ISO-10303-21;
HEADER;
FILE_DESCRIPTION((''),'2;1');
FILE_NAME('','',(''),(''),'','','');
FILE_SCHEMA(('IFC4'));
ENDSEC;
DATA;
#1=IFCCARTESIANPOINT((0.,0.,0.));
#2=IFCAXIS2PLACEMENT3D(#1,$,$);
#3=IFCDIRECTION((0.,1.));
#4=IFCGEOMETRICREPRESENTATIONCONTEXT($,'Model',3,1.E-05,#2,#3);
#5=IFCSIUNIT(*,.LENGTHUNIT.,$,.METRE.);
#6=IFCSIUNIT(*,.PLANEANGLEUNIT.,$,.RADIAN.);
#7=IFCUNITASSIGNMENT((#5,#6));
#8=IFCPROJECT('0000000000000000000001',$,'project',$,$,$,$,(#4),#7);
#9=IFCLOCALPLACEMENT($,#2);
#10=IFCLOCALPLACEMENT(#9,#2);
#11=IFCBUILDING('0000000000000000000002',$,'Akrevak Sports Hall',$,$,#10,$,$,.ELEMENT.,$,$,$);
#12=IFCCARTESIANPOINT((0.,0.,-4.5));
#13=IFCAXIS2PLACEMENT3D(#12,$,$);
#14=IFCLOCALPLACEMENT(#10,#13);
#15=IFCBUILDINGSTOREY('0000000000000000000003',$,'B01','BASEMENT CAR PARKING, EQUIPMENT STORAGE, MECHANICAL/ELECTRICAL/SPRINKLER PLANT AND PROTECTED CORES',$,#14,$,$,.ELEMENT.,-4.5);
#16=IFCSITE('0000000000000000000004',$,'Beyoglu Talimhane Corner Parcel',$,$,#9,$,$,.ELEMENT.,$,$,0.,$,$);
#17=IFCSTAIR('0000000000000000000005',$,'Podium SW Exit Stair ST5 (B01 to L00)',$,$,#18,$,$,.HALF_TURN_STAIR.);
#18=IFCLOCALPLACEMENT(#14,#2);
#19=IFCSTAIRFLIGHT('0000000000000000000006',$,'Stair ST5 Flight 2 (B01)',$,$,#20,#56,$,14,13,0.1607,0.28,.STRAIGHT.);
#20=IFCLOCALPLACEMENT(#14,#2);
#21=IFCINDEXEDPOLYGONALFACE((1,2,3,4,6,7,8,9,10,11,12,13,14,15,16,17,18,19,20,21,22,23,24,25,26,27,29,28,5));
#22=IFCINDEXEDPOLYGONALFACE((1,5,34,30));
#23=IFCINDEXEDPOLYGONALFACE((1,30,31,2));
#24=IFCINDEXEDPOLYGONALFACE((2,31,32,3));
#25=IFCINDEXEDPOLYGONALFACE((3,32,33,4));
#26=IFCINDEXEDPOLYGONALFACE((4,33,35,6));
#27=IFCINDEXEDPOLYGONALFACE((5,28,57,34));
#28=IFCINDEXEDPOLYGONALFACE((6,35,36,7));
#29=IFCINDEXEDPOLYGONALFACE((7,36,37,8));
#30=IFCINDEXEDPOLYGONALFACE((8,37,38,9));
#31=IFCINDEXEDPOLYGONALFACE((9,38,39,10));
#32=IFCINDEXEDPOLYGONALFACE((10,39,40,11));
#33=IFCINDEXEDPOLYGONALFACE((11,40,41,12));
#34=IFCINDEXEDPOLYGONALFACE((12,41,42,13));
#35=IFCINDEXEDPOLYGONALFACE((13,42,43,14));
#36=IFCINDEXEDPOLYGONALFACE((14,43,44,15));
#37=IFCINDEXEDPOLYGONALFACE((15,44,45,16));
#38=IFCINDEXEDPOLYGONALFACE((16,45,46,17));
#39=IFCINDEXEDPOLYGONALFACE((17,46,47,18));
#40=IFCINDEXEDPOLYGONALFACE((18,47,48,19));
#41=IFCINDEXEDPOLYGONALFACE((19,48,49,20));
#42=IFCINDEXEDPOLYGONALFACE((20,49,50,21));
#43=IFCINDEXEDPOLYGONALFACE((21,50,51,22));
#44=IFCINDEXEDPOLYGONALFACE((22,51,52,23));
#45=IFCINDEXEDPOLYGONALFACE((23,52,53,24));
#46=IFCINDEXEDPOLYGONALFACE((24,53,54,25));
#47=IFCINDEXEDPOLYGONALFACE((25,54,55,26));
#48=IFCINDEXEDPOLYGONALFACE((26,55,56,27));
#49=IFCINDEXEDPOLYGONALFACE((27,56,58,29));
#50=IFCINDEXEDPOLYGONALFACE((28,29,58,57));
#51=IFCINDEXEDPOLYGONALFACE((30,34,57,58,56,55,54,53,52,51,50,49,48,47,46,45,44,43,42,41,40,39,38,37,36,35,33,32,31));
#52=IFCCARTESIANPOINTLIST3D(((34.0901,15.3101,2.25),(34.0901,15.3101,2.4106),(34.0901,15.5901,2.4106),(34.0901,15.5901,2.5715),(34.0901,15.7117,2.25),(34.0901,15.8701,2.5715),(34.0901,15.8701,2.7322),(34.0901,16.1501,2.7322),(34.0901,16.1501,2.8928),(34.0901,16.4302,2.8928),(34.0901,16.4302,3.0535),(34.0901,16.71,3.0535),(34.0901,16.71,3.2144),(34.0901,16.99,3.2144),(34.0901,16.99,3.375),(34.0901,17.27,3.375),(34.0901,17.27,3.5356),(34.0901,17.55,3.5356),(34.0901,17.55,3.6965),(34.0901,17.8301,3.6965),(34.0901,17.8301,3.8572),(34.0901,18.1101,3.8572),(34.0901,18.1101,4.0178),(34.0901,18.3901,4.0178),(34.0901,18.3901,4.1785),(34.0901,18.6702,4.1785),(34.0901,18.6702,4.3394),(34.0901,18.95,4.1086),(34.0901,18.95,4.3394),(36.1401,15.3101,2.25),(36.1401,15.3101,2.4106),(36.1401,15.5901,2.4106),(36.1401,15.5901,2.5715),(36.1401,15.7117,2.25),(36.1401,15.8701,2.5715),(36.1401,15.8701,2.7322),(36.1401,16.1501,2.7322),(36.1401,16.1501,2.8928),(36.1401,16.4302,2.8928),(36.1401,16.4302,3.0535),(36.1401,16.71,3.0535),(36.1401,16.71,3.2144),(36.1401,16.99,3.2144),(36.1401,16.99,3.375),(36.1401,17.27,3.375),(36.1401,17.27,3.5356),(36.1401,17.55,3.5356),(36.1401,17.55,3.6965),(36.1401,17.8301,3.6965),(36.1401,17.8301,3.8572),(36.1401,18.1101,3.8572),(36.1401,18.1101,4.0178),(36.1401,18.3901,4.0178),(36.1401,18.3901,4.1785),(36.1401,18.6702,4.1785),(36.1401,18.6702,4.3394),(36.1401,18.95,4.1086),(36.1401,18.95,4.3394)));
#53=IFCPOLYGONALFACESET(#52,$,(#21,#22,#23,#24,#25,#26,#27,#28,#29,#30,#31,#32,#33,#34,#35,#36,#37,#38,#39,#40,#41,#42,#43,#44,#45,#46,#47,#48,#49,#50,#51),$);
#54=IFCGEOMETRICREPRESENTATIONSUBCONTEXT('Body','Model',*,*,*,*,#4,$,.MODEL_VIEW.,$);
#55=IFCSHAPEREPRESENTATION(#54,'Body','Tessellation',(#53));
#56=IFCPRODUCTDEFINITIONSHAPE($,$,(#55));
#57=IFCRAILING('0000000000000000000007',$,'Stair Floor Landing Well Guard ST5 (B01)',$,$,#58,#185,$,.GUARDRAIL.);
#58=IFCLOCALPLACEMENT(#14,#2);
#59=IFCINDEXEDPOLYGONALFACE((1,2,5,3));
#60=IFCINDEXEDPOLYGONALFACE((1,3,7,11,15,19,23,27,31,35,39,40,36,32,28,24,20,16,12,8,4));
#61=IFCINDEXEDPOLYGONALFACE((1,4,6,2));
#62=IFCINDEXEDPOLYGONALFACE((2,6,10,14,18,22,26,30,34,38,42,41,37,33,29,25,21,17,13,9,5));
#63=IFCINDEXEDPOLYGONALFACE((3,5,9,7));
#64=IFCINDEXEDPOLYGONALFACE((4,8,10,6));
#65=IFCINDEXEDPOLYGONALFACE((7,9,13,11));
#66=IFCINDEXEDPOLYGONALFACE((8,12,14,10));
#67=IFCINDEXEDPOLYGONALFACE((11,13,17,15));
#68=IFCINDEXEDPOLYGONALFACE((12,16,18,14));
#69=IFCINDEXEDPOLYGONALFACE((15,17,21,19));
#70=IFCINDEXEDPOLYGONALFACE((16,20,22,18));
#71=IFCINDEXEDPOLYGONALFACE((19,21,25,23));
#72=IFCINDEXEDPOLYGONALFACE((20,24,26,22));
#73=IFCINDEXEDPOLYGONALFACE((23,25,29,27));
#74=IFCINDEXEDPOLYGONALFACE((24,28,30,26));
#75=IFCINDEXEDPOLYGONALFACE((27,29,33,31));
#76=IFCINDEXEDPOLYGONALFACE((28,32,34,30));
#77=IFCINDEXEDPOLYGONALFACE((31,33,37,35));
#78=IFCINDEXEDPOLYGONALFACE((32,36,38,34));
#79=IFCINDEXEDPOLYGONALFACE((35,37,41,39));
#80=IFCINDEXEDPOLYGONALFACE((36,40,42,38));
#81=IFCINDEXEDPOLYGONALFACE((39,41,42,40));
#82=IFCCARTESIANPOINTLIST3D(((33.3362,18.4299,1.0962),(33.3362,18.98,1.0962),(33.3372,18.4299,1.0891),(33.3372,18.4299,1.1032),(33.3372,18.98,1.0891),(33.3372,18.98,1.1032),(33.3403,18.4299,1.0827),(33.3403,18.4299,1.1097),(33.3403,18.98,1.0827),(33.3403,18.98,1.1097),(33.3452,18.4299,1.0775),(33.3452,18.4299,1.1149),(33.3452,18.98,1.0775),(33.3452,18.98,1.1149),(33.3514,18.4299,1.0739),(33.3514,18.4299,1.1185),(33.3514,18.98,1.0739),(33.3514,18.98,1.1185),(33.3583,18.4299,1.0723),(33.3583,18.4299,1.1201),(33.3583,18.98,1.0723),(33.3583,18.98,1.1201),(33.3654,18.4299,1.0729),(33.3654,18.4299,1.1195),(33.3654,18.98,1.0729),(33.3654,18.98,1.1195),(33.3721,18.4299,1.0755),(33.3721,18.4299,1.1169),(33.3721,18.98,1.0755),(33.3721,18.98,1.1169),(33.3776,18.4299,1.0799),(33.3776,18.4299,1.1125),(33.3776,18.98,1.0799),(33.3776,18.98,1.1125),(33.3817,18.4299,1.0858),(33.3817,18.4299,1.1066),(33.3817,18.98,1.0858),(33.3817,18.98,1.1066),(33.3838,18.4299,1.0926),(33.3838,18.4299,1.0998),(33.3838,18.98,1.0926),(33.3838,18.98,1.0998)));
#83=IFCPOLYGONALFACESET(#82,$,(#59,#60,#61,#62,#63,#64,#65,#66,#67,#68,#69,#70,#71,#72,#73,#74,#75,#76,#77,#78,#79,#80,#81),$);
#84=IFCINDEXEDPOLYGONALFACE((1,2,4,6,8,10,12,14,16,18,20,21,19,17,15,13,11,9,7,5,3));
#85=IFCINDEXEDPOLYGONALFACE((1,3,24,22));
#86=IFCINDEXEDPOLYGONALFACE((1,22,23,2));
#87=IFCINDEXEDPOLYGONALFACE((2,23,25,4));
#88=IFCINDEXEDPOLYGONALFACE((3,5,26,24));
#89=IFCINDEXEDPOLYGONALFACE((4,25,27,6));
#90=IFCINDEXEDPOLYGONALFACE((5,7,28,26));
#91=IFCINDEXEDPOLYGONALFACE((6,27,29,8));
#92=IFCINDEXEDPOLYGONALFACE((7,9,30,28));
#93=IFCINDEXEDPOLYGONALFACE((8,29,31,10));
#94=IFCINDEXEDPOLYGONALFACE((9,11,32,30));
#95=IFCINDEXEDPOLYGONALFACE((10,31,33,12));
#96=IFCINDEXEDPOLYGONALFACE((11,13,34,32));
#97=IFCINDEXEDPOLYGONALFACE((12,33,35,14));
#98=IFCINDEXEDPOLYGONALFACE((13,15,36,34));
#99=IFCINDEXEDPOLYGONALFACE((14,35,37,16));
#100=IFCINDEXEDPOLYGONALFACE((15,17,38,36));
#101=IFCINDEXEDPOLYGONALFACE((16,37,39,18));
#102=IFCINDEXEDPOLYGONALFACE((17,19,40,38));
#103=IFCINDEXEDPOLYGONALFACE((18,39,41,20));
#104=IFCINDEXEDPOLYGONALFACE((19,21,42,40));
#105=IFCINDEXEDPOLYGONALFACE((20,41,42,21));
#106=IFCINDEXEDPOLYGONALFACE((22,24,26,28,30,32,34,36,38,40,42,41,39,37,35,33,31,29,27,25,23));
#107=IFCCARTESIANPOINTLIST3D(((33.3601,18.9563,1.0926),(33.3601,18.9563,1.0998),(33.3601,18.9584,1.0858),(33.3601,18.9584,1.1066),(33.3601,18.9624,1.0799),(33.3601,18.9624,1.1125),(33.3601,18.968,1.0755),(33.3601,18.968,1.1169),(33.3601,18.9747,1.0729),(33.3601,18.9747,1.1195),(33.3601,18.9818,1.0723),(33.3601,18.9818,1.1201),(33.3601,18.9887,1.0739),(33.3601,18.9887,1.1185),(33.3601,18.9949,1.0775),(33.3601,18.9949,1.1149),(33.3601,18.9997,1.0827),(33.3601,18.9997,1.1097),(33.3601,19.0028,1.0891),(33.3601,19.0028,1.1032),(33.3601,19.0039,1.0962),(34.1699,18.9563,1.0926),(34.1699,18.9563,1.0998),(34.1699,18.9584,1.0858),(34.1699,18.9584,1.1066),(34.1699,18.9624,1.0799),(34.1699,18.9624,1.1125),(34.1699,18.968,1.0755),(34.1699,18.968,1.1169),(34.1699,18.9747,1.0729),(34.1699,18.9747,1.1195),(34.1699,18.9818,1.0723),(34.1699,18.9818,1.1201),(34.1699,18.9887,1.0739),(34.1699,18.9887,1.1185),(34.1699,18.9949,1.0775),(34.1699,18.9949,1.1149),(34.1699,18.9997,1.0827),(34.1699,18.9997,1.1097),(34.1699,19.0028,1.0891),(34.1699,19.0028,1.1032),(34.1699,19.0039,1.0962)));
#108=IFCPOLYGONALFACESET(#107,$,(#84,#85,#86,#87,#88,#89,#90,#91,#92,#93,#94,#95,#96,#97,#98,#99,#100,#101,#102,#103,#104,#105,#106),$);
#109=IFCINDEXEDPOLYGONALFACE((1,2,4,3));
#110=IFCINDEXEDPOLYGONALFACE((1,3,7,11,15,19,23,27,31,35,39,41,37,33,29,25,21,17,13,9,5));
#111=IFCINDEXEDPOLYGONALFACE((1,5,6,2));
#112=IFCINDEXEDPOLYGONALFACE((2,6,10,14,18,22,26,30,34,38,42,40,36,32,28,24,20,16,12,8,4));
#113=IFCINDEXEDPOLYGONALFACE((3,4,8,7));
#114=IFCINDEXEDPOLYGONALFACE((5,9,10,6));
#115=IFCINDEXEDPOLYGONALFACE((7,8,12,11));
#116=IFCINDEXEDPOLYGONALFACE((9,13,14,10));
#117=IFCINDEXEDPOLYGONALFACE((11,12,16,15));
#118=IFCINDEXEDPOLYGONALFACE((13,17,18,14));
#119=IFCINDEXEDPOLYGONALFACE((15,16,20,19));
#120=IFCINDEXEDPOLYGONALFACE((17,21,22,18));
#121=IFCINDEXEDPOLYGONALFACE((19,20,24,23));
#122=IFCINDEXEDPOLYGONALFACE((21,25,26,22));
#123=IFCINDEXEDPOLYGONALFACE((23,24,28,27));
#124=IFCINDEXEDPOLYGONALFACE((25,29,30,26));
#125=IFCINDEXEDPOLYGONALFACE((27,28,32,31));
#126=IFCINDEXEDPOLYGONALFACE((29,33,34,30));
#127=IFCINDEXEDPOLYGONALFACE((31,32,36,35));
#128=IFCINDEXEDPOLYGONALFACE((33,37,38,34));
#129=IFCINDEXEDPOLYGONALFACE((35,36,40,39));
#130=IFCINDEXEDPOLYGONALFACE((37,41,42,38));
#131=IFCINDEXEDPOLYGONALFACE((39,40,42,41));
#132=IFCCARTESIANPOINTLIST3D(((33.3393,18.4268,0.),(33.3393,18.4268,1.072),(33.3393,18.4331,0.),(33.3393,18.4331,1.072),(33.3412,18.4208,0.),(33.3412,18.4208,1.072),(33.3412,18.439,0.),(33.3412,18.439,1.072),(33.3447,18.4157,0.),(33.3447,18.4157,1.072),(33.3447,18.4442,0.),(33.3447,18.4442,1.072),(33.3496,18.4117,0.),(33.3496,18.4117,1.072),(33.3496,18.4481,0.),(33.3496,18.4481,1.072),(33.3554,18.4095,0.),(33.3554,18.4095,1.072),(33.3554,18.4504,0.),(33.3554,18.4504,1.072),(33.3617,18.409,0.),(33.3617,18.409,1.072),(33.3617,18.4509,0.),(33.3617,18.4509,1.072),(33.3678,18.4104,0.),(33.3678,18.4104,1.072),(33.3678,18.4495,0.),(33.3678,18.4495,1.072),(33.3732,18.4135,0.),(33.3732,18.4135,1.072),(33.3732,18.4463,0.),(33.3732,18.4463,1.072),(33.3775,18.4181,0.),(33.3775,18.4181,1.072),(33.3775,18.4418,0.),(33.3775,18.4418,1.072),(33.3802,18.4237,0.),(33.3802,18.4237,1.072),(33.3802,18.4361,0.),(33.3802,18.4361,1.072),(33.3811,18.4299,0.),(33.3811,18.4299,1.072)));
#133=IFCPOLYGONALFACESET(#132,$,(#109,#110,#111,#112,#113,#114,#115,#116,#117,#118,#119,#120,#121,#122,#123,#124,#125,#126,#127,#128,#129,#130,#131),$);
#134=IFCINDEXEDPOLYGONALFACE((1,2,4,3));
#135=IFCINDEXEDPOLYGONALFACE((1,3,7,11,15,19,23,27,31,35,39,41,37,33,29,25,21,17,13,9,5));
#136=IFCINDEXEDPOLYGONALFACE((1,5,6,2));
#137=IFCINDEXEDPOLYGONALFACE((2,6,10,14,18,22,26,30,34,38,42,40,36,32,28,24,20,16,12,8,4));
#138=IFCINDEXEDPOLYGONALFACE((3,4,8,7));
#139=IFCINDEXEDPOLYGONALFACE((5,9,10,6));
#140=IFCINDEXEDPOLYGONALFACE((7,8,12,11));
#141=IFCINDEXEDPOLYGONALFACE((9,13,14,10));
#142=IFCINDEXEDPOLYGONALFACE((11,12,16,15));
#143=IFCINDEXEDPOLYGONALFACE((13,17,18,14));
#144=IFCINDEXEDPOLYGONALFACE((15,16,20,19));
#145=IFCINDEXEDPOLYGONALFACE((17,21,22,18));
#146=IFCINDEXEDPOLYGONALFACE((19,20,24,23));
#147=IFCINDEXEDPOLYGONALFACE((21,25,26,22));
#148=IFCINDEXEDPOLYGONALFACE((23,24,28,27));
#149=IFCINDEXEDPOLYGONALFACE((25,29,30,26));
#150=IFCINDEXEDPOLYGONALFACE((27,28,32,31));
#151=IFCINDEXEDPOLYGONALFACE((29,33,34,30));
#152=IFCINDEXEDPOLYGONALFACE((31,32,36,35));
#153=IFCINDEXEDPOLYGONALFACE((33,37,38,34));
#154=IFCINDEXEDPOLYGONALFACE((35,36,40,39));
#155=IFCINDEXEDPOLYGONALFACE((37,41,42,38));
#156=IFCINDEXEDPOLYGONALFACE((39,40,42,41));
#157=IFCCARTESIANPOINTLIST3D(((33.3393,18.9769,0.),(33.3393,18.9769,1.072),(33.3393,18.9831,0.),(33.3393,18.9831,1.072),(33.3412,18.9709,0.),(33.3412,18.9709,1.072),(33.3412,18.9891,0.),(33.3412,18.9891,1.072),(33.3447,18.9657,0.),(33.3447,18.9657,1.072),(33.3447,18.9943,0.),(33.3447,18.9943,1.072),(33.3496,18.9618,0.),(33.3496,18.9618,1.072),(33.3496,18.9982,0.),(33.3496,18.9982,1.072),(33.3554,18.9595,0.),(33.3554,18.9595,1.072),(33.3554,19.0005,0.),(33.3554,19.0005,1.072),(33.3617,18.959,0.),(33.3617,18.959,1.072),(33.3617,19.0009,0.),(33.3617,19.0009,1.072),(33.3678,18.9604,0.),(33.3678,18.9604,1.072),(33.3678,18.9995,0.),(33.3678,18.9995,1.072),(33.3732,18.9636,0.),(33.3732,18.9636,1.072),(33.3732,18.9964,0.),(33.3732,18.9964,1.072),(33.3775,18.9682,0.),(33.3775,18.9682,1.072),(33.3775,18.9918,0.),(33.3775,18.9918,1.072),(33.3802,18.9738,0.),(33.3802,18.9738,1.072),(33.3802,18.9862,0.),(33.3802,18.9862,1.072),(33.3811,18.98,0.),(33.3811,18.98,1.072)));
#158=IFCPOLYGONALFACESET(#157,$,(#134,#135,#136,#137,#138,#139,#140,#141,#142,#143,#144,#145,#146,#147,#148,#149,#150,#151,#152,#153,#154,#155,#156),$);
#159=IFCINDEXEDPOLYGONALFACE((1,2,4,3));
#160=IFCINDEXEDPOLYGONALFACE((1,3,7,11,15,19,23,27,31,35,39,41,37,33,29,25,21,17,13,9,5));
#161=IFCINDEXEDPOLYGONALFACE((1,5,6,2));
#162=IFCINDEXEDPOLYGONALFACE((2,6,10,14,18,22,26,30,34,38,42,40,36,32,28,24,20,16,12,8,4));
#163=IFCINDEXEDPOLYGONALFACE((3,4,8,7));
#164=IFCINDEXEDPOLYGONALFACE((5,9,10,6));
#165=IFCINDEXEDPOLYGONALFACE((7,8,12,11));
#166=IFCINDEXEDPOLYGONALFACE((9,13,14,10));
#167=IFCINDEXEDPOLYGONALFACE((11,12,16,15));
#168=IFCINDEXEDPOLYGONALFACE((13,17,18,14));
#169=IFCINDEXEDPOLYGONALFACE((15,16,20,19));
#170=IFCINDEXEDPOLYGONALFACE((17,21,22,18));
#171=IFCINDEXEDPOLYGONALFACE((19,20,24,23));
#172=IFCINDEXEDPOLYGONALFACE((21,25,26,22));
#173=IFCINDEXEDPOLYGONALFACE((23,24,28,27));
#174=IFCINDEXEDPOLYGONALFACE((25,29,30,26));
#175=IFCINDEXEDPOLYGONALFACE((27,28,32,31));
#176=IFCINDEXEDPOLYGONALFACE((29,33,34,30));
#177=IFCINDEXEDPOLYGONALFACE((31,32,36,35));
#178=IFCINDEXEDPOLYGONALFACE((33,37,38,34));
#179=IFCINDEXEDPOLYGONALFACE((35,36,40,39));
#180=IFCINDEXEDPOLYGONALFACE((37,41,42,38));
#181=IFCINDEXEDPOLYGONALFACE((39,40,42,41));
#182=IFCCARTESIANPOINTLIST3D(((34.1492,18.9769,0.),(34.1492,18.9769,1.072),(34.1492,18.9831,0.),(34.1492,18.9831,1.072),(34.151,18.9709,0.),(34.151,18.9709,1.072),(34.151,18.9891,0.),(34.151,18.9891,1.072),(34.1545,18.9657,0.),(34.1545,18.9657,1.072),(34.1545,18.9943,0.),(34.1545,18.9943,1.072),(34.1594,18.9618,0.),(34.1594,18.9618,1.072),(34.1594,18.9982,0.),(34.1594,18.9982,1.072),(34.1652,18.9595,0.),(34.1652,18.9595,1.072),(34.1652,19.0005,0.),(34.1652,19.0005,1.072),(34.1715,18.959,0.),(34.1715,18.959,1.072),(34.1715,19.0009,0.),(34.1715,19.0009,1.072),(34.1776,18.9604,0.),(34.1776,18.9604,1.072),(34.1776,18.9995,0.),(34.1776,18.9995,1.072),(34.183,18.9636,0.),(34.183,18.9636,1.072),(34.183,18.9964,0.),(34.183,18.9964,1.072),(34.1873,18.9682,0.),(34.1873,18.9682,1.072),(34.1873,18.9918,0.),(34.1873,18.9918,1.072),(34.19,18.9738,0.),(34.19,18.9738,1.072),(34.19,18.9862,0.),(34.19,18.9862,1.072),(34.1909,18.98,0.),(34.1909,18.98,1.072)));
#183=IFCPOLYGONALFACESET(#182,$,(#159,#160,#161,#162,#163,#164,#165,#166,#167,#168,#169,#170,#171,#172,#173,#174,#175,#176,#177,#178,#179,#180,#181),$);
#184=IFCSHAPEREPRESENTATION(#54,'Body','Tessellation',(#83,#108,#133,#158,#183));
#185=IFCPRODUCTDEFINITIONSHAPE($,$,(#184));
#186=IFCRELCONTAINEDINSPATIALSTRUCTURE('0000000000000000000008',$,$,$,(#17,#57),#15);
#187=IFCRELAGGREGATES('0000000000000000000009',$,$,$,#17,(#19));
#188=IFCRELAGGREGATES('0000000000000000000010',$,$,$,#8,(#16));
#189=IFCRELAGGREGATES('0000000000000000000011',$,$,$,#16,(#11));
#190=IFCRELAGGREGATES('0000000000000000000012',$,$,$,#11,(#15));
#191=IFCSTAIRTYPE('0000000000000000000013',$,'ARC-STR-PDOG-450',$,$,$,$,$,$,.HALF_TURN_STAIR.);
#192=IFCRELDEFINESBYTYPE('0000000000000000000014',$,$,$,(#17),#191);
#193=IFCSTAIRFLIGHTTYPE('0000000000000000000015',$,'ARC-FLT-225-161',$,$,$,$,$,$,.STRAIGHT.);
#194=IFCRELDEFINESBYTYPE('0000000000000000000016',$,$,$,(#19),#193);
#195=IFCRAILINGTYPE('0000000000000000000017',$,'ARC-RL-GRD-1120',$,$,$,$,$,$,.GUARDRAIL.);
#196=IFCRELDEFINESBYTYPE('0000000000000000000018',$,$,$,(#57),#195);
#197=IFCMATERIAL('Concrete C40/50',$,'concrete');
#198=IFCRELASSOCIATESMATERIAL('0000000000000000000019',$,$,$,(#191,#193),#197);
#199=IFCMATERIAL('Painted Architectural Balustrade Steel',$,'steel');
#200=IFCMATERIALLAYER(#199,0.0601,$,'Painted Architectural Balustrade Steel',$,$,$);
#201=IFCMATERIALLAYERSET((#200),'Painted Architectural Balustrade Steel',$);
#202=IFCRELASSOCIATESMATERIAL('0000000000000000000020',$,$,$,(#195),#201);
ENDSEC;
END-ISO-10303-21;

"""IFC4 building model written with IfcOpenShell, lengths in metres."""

from ifc_helpers import new_model, si_unit, direction, frame, origin, origin_2d, place, context, subcontext, project, spatial, polyline, circle, outline, extrude, material, layer, layer_set, type_object, element, aggregate, save


model = new_model("IFC4")

# Units and contexts
model_context = context("Model", 3, precision=1e-05, world=origin(), true_north=direction((0.0, 1.0)))
body_context = subcontext(model_context, "Body", "Model", "MODEL_VIEW")
ifc_project = project(units=[si_unit("LENGTHUNIT", "METRE"), si_unit("PLANEANGLEUNIT", "RADIAN")], contexts=[model_context])

# Site, building, storey
site_placement = place(None, origin())
site = spatial("IfcSite", under=ifc_project, at=site_placement, Name="Beyoglu Talimhane Corner Parcel", CompositionType="ELEMENT", RefElevation=0.0)
building_placement = place(site_placement, origin())
building = spatial("IfcBuilding", under=site, at=building_placement, Name="Akrevak Sports Hall", CompositionType="ELEMENT")
storey_placement = place(building_placement, frame((0.0, 0.0, -4.5)))
storey = spatial("IfcBuildingStorey", under=building, at=storey_placement, Name="B01", Description="BASEMENT CAR PARKING, EQUIPMENT STORAGE, MECHANICAL/ELECTRICAL/SPRINKLER PLANT AND PROTECTED CORES", CompositionType="ELEMENT", Elevation=-4.5)

# Shared definitions
ifc_material_1 = material(Name="Concrete C40/50", Category="concrete")

# Stair, stair flight
stair_type = type_object("IfcStairType", Name="ARC-STR-PDOG-450", PredefinedType="HALF_TURN_STAIR", material=ifc_material_1)
stair_placement = place(storey_placement, origin())
stair = element("IfcStair", 1, at=stair_placement, inside=storey, type_object=stair_type, Name="Podium SW Exit Stair ST5 (B01 to L00)", PredefinedType="HALF_TURN_STAIR")
stair_flight_type = type_object("IfcStairFlightType", Name="ARC-FLT-225-161", PredefinedType="STRAIGHT", material=ifc_material_1)
stair_flight_1_placement = place(storey_placement, frame((35.115, 15.3101, 2.25), z_axis=(0.0, 0.0, 1.0), x_axis=(0.0, 1.0, 0.0)))
stair_flight_1 = element("IfcStairFlight", 2, at=stair_flight_1_placement, type_object=stair_flight_type, Name="Stair ST5 Flight 2 (B01)", NumberOfRisers=14, NumberOfTreads=13, PredefinedType="STRAIGHT", RiserHeight=0.1607, TreadLength=0.28, context=body_context, shape_type="SweptSolid", body=[
    extrude(outline(polyline([(0.0, 0.0), (0.0, 0.1606), (0.28, 0.1606), (0.28, 0.3215), (0.5601, 0.3215), (0.5601, 0.4822), (0.8401, 0.4822), (0.8401, 0.6428), (1.1201, 0.6428), (1.1201, 0.8035), (1.3999, 0.8035), (1.3999, 0.9644), (1.6799, 0.9644), (1.6799, 1.125), (1.96, 1.125), (1.96, 1.2856), (2.24, 1.2856), (2.24, 1.4465), (2.52, 1.4465), (2.52, 1.6072), (2.8, 1.6072), (2.8, 1.7678), (3.0801, 1.7678), (3.0801, 1.9285), (3.3601, 1.9285), (3.3601, 2.0894), (3.6399, 2.0894), (3.6399, 2.25), (3.6399, 1.8586), (0.4016, 0.0), (0.0, 0.0)])), frame((0.0, 1.0249, 0.0), z_axis=(0.0, -1.0, 0.0), x_axis=(1.0, 0.0, 0.0)), (0.0, 0.0, 1.0), 2.05),
])
aggregate(stair, [stair_flight_1])

# Railing
ifc_material_2 = material(Name="Painted Architectural Balustrade Steel", Category="steel")
ifc_layer_1 = layer(ifc_material_2, 0.0601, Name="Painted Architectural Balustrade Steel")
ifc_layer_set_1 = layer_set([ifc_layer_1], Name="Painted Architectural Balustrade Steel")
railing_type_1 = type_object("IfcRailingType", Name="ARC-RL-GRD-1120", PredefinedType="GUARDRAIL", material=ifc_layer_set_1)
railing_1_placement = place(storey_placement, frame((33.3601, 18.4299, 0.0)))
element("IfcRailing", 3, at=railing_1_placement, inside=storey, type_object=railing_type_1, Name="Stair Floor Landing Well Guard ST5 (B01)", PredefinedType="GUARDRAIL", context=body_context, shape_type="SweptSolid", body=[
    extrude(circle(Radius=0.0239, at=origin_2d()), frame((0.0, 0.0, 1.0962), z_axis=(0.0, 1.0, 0.0), x_axis=(-1.0, 0.0, 0.0)), (0.0, 0.0, 1.0), 0.55),
    extrude(circle(Radius=0.0239, at=origin_2d()), frame((0.0, 0.55, 1.0962), z_axis=(1.0, 0.0, 0.0), x_axis=(0.0, 1.0, 0.0)), (0.0, 0.0, 1.0), 0.8098),
    extrude(circle(Radius=0.021, at=origin_2d()), origin(), (0.0, 0.0, 1.0), 1.072),
    extrude(circle(Radius=0.021, at=origin_2d()), frame((0.0, 0.55, 0.0)), (0.0, 0.0, 1.0), 1.072),
    extrude(circle(Radius=0.021, at=origin_2d()), frame((0.8098, 0.55, 0.0)), (0.0, 0.0, 1.0), 1.072),
])

save(model, "model.ifc")
